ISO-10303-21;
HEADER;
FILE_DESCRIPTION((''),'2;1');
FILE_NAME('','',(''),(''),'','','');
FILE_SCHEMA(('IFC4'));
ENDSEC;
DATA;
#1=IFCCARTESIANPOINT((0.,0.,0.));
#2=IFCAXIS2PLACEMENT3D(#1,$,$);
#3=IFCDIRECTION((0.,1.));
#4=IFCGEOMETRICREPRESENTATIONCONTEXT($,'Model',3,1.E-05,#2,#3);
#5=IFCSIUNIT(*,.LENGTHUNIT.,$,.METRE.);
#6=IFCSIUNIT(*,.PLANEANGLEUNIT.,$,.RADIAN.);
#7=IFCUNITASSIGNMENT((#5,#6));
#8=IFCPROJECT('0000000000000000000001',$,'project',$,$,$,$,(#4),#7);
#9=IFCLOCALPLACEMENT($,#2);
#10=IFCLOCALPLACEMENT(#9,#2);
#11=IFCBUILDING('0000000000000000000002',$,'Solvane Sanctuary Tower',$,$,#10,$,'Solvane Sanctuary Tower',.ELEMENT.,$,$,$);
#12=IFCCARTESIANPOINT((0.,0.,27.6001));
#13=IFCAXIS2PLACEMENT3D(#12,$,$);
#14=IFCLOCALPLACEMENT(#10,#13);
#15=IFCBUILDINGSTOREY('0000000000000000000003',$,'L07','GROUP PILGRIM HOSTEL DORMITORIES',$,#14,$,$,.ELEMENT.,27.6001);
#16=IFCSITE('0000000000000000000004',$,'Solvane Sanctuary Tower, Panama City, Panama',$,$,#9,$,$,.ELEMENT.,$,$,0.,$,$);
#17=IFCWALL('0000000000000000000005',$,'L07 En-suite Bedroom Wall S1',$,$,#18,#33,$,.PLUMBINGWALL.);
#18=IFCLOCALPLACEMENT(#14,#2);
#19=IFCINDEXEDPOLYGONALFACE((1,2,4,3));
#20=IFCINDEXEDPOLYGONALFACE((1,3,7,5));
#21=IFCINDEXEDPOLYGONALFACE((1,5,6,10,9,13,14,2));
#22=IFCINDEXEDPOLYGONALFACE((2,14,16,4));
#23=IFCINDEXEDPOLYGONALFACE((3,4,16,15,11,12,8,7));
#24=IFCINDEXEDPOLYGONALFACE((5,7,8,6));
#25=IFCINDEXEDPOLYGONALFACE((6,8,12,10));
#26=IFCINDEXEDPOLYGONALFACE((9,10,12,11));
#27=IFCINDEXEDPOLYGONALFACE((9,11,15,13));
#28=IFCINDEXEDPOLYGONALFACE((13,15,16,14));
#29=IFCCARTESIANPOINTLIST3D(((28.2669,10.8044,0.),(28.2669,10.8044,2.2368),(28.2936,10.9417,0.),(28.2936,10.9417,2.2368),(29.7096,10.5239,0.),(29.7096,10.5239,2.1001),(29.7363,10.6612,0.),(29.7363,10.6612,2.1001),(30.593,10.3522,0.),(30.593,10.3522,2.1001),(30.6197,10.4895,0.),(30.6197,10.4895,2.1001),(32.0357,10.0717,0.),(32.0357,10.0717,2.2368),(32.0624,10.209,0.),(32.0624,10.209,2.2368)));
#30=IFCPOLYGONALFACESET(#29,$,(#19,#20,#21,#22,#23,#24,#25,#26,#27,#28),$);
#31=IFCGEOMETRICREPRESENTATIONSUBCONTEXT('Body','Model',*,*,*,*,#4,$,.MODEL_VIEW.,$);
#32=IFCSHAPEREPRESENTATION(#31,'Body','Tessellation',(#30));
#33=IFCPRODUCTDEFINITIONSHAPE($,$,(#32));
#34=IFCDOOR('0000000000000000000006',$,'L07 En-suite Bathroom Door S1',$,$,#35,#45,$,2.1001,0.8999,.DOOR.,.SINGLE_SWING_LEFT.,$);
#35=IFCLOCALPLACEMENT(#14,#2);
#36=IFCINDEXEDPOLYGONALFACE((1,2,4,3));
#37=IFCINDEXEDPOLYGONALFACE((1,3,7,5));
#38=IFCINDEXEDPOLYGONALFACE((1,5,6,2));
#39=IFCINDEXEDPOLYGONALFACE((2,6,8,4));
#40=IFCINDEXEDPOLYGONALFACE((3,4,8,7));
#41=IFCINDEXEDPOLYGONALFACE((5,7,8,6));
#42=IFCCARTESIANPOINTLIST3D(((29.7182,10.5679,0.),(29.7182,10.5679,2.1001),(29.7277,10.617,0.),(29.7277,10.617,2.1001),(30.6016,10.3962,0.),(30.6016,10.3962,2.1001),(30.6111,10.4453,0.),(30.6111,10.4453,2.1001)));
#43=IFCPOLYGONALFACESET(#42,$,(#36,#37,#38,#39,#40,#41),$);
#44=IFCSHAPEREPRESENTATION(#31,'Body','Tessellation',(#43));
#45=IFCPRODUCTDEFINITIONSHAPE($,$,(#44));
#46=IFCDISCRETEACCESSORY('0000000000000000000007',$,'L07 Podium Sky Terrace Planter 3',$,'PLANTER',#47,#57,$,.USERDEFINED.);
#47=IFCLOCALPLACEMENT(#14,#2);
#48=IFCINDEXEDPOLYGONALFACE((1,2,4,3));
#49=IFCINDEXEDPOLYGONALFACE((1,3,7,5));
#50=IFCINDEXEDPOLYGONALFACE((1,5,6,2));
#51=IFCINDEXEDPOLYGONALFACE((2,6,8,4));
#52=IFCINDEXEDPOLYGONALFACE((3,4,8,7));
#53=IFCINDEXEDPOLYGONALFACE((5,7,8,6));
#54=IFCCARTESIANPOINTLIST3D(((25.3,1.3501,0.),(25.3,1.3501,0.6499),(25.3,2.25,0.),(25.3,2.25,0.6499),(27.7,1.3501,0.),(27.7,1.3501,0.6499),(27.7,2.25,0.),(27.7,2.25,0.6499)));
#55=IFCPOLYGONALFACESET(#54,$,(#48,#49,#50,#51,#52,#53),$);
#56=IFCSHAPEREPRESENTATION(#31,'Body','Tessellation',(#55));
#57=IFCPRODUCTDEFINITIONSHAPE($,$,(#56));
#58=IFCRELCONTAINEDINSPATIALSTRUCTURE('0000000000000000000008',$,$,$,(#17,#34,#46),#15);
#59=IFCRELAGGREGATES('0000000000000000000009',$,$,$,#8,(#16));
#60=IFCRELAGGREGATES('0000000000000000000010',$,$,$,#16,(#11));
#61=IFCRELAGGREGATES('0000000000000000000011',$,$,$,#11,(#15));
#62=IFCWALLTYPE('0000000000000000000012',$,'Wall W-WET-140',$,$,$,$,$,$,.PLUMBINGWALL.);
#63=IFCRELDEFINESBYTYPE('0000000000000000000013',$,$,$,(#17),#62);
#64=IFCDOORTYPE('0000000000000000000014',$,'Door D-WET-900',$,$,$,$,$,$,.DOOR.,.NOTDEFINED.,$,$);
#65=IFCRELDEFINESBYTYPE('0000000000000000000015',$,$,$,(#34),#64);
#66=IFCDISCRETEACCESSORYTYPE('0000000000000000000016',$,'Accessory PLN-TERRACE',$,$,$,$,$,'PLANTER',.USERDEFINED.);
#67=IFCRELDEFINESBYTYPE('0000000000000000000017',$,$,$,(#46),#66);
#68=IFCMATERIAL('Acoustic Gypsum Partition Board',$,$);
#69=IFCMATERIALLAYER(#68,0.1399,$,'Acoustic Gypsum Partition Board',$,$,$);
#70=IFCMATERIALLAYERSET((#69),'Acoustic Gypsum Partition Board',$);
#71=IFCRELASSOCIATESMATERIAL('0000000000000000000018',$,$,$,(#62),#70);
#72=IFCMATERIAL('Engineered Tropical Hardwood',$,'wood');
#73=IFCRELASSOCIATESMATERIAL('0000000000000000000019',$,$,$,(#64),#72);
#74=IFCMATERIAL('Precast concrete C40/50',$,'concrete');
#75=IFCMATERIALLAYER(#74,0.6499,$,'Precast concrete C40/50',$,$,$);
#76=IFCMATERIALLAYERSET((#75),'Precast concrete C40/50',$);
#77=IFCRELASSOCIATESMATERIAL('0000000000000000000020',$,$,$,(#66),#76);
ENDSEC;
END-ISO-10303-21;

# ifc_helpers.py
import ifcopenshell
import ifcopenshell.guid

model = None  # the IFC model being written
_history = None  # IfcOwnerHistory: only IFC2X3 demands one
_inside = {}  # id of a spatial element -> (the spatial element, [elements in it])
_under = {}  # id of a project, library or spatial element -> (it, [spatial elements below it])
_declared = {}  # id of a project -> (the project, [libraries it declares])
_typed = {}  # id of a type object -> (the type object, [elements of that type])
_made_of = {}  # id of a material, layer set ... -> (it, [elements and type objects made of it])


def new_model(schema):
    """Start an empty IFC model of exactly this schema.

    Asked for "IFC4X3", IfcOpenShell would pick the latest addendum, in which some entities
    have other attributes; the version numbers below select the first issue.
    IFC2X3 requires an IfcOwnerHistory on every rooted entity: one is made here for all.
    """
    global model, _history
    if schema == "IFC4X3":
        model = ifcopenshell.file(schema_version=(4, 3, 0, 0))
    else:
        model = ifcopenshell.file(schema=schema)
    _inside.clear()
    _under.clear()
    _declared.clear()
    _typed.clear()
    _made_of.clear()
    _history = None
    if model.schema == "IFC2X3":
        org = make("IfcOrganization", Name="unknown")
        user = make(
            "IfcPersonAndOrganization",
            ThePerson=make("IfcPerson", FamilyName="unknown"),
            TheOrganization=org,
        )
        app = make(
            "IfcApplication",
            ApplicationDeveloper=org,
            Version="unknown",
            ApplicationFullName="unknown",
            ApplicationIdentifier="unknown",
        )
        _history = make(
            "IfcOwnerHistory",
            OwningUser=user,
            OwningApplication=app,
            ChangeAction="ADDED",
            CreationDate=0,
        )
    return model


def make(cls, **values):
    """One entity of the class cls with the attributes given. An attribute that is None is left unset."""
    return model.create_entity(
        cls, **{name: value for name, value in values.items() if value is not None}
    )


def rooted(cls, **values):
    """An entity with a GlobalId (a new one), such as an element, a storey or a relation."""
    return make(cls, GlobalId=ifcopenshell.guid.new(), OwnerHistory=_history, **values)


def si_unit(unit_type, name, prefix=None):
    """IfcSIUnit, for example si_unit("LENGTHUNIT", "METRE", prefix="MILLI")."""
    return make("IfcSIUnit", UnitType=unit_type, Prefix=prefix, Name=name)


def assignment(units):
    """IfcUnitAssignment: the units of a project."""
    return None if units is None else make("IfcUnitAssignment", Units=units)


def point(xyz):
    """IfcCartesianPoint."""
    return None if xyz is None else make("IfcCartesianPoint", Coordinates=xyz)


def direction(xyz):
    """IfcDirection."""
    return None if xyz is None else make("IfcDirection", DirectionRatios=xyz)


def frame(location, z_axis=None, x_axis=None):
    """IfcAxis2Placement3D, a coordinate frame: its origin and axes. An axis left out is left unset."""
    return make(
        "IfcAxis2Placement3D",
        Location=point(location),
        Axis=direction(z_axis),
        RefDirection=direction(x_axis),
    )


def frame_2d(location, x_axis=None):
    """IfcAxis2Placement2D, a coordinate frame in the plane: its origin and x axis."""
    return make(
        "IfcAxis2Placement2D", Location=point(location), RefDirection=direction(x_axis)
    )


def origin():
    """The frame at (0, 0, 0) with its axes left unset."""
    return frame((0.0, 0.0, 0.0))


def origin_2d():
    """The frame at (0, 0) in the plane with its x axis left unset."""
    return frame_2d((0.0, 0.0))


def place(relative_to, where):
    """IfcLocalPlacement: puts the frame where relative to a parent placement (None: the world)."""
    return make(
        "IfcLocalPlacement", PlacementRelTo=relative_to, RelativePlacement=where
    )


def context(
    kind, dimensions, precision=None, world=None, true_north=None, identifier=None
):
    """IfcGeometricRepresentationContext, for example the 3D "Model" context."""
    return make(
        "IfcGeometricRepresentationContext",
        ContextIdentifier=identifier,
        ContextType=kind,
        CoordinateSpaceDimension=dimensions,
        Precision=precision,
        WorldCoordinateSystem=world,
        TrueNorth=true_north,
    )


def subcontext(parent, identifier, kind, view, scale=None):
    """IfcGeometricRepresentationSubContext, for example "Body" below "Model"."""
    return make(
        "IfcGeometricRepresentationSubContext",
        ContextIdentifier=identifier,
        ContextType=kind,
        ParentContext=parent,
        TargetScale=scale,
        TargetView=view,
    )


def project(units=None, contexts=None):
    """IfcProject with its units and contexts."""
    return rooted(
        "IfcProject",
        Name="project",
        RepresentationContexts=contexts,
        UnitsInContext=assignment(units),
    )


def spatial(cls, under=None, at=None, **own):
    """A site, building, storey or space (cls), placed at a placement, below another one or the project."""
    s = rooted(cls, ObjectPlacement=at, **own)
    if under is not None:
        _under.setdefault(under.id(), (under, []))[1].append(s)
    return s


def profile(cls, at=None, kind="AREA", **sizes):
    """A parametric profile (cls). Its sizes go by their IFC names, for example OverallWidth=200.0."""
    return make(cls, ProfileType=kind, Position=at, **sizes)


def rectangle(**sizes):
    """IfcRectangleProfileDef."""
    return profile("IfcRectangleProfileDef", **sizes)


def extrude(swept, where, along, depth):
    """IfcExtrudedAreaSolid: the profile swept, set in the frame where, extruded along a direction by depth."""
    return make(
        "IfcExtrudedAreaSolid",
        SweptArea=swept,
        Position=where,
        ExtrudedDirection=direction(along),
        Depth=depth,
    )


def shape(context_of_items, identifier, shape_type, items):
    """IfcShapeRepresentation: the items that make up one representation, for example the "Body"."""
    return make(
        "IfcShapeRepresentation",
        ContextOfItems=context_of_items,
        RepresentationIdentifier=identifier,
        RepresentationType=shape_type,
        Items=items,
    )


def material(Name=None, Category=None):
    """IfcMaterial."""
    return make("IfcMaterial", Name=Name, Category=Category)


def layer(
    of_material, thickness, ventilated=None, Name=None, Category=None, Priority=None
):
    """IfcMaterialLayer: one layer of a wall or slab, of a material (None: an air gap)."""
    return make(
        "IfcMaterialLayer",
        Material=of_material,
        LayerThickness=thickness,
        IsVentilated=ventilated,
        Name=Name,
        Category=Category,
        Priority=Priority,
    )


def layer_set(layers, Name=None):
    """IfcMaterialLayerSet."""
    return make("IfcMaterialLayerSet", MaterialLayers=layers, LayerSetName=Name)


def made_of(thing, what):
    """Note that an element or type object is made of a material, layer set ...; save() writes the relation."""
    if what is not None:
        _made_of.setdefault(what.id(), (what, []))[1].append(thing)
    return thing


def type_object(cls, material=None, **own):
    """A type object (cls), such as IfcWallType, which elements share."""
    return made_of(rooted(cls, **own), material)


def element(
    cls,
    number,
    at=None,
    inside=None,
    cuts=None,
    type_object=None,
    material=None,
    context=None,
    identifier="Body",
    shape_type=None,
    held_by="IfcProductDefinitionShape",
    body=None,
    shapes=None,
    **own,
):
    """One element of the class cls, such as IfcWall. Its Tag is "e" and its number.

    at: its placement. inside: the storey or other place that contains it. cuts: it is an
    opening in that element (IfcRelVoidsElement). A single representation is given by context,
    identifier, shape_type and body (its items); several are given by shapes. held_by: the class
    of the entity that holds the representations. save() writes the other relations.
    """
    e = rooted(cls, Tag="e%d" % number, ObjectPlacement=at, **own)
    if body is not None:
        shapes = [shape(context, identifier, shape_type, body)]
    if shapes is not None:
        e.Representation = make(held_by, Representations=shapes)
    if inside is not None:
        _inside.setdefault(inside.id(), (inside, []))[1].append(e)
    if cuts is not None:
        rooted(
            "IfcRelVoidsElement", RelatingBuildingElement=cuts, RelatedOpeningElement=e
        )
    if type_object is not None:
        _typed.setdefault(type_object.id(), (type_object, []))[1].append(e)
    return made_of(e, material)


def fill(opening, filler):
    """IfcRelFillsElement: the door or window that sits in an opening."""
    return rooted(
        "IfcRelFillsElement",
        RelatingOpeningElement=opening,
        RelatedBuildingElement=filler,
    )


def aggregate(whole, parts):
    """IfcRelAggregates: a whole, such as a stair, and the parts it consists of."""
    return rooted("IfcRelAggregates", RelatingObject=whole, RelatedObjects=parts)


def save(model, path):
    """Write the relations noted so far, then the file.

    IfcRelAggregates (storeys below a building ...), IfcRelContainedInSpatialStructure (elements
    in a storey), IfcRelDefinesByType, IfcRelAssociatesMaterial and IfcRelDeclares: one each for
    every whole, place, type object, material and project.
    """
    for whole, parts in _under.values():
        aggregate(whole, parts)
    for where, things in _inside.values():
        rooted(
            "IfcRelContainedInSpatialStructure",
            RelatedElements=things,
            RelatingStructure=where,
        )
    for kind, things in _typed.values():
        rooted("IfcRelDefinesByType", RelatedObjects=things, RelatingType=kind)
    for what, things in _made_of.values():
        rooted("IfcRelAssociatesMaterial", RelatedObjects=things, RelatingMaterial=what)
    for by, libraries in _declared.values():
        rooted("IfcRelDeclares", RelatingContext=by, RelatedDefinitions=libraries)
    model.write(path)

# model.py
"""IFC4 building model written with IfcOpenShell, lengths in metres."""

from ifc_helpers import new_model, si_unit, direction, frame, frame_2d, origin, origin_2d, place, context, subcontext, project, spatial, rectangle, extrude, material, layer, layer_set, type_object, element, fill, save


model = new_model("IFC4")

# Units and contexts
model_context = context("Model", 3, precision=1e-05, world=origin(), true_north=direction((0.0, 1.0)))
body_context = subcontext(model_context, "Body", "Model", "MODEL_VIEW")
ifc_project = project(units=[si_unit("LENGTHUNIT", "METRE"), si_unit("PLANEANGLEUNIT", "RADIAN")], contexts=[model_context])

# Site, building, storey
site_placement = place(None, origin())
site = spatial("IfcSite", under=ifc_project, at=site_placement, Name="Solvane Sanctuary Tower, Panama City, Panama", CompositionType="ELEMENT", RefElevation=0.0)
building_placement = place(site_placement, origin())
building = spatial("IfcBuilding", under=site, at=building_placement, Name="Solvane Sanctuary Tower", LongName="Solvane Sanctuary Tower", CompositionType="ELEMENT")
storey_placement = place(building_placement, frame((0.0, 0.0, 27.6001)))
storey = spatial("IfcBuildingStorey", under=building, at=storey_placement, Name="L07", Description="GROUP PILGRIM HOSTEL DORMITORIES", CompositionType="ELEMENT", Elevation=27.6001)

# Shared definitions
ifc_material_1 = material(Name="Acoustic Gypsum Partition Board")

# Shared definitions
ifc_material_2 = material(Name="Engineered Tropical Hardwood", Category="wood")

# Shared definitions
ifc_material_3 = material(Name="Precast concrete C40/50", Category="concrete")

# Shared definitions
ifc_layer_1 = layer(ifc_material_1, 0.1399, Name="Acoustic Gypsum Partition Board")
ifc_layer_set_1 = layer_set([ifc_layer_1], Name="Acoustic Gypsum Partition Board")
wall_type_1 = type_object("IfcWallType", Name="Wall W-WET-140", PredefinedType="PLUMBINGWALL", material=ifc_layer_set_1)

# Wall, opening, door
wall_1_placement = place(storey_placement, frame((28.2803, 10.873, 0.0), z_axis=(0.0, 0.0, 1.0), x_axis=(0.981623, -0.190831, 0.0)))
wall_1 = element("IfcWall", 1, at=wall_1_placement, inside=storey, type_object=wall_type_1, Name="L07 En-suite Bedroom Wall S1", PredefinedType="PLUMBINGWALL", context=body_context, shape_type="SweptSolid", body=[
    extrude(rectangle(XDim=3.8394, YDim=0.1399, at=frame_2d((1.9197, 0.0))), origin(), (0.0, 0.0, 1.0), 2.2368),
])
opening_1_placement = place(wall_1_placement, frame((1.4697, 0.0, 0.0)))
opening_1 = element("IfcOpeningElement", 2, at=opening_1_placement, cuts=wall_1, PredefinedType="OPENING", context=body_context, shape_type="SweptSolid", body=[
    extrude(rectangle(XDim=0.8999, YDim=2.1001, at=frame_2d((0.45, 1.05))), frame((0.0, 0.0798, 0.0), z_axis=(0.0, -1.0, 0.0), x_axis=(1.0, 0.0, 0.0)), (0.0, 0.0, 1.0), 0.1599),
])
door_type_1 = type_object("IfcDoorType", Name="Door D-WET-900", OperationType="NOTDEFINED", PredefinedType="DOOR", material=ifc_material_2)
door_1_placement = place(opening_1_placement, origin())
door_1 = element("IfcDoor", 3, at=door_1_placement, inside=storey, type_object=door_type_1, Name="L07 En-suite Bathroom Door S1", OperationType="SINGLE_SWING_LEFT", OverallHeight=2.1001, OverallWidth=0.8999, PredefinedType="DOOR", context=body_context, shape_type="SweptSolid", body=[
    extrude(rectangle(XDim=0.8999, YDim=2.1001, at=frame_2d((0.45, 1.05))), frame((0.0, 0.0249, 0.0), z_axis=(0.0, -1.0, 0.0), x_axis=(1.0, 0.0, 0.0)), (0.0, 0.0, 1.0), 0.05),
])
fill(opening_1, door_1)

# Discrete accessory
ifc_layer_2 = layer(ifc_material_3, 0.6499, Name="Precast concrete C40/50")
ifc_layer_set_2 = layer_set([ifc_layer_2], Name="Precast concrete C40/50")
discrete_accessory_type = type_object("IfcDiscreteAccessoryType", Name="Accessory PLN-TERRACE", ElementType="PLANTER", PredefinedType="USERDEFINED", material=ifc_layer_set_2)
discrete_accessory_placement = place(storey_placement, frame((26.5, 1.8, 0.0), z_axis=(0.0, 0.0, 1.0), x_axis=(1.0, 0.0, 0.0)))
element("IfcDiscreteAccessory", 4, at=discrete_accessory_placement, inside=storey, type_object=discrete_accessory_type, Name="L07 Podium Sky Terrace Planter 3", ObjectType="PLANTER", PredefinedType="USERDEFINED", context=body_context, shape_type="SweptSolid", body=[
    extrude(rectangle(XDim=2.3999, YDim=0.8999, at=origin_2d()), origin(), (0.0, 0.0, 1.0), 0.6499),
])

save(model, "model.ifc")
